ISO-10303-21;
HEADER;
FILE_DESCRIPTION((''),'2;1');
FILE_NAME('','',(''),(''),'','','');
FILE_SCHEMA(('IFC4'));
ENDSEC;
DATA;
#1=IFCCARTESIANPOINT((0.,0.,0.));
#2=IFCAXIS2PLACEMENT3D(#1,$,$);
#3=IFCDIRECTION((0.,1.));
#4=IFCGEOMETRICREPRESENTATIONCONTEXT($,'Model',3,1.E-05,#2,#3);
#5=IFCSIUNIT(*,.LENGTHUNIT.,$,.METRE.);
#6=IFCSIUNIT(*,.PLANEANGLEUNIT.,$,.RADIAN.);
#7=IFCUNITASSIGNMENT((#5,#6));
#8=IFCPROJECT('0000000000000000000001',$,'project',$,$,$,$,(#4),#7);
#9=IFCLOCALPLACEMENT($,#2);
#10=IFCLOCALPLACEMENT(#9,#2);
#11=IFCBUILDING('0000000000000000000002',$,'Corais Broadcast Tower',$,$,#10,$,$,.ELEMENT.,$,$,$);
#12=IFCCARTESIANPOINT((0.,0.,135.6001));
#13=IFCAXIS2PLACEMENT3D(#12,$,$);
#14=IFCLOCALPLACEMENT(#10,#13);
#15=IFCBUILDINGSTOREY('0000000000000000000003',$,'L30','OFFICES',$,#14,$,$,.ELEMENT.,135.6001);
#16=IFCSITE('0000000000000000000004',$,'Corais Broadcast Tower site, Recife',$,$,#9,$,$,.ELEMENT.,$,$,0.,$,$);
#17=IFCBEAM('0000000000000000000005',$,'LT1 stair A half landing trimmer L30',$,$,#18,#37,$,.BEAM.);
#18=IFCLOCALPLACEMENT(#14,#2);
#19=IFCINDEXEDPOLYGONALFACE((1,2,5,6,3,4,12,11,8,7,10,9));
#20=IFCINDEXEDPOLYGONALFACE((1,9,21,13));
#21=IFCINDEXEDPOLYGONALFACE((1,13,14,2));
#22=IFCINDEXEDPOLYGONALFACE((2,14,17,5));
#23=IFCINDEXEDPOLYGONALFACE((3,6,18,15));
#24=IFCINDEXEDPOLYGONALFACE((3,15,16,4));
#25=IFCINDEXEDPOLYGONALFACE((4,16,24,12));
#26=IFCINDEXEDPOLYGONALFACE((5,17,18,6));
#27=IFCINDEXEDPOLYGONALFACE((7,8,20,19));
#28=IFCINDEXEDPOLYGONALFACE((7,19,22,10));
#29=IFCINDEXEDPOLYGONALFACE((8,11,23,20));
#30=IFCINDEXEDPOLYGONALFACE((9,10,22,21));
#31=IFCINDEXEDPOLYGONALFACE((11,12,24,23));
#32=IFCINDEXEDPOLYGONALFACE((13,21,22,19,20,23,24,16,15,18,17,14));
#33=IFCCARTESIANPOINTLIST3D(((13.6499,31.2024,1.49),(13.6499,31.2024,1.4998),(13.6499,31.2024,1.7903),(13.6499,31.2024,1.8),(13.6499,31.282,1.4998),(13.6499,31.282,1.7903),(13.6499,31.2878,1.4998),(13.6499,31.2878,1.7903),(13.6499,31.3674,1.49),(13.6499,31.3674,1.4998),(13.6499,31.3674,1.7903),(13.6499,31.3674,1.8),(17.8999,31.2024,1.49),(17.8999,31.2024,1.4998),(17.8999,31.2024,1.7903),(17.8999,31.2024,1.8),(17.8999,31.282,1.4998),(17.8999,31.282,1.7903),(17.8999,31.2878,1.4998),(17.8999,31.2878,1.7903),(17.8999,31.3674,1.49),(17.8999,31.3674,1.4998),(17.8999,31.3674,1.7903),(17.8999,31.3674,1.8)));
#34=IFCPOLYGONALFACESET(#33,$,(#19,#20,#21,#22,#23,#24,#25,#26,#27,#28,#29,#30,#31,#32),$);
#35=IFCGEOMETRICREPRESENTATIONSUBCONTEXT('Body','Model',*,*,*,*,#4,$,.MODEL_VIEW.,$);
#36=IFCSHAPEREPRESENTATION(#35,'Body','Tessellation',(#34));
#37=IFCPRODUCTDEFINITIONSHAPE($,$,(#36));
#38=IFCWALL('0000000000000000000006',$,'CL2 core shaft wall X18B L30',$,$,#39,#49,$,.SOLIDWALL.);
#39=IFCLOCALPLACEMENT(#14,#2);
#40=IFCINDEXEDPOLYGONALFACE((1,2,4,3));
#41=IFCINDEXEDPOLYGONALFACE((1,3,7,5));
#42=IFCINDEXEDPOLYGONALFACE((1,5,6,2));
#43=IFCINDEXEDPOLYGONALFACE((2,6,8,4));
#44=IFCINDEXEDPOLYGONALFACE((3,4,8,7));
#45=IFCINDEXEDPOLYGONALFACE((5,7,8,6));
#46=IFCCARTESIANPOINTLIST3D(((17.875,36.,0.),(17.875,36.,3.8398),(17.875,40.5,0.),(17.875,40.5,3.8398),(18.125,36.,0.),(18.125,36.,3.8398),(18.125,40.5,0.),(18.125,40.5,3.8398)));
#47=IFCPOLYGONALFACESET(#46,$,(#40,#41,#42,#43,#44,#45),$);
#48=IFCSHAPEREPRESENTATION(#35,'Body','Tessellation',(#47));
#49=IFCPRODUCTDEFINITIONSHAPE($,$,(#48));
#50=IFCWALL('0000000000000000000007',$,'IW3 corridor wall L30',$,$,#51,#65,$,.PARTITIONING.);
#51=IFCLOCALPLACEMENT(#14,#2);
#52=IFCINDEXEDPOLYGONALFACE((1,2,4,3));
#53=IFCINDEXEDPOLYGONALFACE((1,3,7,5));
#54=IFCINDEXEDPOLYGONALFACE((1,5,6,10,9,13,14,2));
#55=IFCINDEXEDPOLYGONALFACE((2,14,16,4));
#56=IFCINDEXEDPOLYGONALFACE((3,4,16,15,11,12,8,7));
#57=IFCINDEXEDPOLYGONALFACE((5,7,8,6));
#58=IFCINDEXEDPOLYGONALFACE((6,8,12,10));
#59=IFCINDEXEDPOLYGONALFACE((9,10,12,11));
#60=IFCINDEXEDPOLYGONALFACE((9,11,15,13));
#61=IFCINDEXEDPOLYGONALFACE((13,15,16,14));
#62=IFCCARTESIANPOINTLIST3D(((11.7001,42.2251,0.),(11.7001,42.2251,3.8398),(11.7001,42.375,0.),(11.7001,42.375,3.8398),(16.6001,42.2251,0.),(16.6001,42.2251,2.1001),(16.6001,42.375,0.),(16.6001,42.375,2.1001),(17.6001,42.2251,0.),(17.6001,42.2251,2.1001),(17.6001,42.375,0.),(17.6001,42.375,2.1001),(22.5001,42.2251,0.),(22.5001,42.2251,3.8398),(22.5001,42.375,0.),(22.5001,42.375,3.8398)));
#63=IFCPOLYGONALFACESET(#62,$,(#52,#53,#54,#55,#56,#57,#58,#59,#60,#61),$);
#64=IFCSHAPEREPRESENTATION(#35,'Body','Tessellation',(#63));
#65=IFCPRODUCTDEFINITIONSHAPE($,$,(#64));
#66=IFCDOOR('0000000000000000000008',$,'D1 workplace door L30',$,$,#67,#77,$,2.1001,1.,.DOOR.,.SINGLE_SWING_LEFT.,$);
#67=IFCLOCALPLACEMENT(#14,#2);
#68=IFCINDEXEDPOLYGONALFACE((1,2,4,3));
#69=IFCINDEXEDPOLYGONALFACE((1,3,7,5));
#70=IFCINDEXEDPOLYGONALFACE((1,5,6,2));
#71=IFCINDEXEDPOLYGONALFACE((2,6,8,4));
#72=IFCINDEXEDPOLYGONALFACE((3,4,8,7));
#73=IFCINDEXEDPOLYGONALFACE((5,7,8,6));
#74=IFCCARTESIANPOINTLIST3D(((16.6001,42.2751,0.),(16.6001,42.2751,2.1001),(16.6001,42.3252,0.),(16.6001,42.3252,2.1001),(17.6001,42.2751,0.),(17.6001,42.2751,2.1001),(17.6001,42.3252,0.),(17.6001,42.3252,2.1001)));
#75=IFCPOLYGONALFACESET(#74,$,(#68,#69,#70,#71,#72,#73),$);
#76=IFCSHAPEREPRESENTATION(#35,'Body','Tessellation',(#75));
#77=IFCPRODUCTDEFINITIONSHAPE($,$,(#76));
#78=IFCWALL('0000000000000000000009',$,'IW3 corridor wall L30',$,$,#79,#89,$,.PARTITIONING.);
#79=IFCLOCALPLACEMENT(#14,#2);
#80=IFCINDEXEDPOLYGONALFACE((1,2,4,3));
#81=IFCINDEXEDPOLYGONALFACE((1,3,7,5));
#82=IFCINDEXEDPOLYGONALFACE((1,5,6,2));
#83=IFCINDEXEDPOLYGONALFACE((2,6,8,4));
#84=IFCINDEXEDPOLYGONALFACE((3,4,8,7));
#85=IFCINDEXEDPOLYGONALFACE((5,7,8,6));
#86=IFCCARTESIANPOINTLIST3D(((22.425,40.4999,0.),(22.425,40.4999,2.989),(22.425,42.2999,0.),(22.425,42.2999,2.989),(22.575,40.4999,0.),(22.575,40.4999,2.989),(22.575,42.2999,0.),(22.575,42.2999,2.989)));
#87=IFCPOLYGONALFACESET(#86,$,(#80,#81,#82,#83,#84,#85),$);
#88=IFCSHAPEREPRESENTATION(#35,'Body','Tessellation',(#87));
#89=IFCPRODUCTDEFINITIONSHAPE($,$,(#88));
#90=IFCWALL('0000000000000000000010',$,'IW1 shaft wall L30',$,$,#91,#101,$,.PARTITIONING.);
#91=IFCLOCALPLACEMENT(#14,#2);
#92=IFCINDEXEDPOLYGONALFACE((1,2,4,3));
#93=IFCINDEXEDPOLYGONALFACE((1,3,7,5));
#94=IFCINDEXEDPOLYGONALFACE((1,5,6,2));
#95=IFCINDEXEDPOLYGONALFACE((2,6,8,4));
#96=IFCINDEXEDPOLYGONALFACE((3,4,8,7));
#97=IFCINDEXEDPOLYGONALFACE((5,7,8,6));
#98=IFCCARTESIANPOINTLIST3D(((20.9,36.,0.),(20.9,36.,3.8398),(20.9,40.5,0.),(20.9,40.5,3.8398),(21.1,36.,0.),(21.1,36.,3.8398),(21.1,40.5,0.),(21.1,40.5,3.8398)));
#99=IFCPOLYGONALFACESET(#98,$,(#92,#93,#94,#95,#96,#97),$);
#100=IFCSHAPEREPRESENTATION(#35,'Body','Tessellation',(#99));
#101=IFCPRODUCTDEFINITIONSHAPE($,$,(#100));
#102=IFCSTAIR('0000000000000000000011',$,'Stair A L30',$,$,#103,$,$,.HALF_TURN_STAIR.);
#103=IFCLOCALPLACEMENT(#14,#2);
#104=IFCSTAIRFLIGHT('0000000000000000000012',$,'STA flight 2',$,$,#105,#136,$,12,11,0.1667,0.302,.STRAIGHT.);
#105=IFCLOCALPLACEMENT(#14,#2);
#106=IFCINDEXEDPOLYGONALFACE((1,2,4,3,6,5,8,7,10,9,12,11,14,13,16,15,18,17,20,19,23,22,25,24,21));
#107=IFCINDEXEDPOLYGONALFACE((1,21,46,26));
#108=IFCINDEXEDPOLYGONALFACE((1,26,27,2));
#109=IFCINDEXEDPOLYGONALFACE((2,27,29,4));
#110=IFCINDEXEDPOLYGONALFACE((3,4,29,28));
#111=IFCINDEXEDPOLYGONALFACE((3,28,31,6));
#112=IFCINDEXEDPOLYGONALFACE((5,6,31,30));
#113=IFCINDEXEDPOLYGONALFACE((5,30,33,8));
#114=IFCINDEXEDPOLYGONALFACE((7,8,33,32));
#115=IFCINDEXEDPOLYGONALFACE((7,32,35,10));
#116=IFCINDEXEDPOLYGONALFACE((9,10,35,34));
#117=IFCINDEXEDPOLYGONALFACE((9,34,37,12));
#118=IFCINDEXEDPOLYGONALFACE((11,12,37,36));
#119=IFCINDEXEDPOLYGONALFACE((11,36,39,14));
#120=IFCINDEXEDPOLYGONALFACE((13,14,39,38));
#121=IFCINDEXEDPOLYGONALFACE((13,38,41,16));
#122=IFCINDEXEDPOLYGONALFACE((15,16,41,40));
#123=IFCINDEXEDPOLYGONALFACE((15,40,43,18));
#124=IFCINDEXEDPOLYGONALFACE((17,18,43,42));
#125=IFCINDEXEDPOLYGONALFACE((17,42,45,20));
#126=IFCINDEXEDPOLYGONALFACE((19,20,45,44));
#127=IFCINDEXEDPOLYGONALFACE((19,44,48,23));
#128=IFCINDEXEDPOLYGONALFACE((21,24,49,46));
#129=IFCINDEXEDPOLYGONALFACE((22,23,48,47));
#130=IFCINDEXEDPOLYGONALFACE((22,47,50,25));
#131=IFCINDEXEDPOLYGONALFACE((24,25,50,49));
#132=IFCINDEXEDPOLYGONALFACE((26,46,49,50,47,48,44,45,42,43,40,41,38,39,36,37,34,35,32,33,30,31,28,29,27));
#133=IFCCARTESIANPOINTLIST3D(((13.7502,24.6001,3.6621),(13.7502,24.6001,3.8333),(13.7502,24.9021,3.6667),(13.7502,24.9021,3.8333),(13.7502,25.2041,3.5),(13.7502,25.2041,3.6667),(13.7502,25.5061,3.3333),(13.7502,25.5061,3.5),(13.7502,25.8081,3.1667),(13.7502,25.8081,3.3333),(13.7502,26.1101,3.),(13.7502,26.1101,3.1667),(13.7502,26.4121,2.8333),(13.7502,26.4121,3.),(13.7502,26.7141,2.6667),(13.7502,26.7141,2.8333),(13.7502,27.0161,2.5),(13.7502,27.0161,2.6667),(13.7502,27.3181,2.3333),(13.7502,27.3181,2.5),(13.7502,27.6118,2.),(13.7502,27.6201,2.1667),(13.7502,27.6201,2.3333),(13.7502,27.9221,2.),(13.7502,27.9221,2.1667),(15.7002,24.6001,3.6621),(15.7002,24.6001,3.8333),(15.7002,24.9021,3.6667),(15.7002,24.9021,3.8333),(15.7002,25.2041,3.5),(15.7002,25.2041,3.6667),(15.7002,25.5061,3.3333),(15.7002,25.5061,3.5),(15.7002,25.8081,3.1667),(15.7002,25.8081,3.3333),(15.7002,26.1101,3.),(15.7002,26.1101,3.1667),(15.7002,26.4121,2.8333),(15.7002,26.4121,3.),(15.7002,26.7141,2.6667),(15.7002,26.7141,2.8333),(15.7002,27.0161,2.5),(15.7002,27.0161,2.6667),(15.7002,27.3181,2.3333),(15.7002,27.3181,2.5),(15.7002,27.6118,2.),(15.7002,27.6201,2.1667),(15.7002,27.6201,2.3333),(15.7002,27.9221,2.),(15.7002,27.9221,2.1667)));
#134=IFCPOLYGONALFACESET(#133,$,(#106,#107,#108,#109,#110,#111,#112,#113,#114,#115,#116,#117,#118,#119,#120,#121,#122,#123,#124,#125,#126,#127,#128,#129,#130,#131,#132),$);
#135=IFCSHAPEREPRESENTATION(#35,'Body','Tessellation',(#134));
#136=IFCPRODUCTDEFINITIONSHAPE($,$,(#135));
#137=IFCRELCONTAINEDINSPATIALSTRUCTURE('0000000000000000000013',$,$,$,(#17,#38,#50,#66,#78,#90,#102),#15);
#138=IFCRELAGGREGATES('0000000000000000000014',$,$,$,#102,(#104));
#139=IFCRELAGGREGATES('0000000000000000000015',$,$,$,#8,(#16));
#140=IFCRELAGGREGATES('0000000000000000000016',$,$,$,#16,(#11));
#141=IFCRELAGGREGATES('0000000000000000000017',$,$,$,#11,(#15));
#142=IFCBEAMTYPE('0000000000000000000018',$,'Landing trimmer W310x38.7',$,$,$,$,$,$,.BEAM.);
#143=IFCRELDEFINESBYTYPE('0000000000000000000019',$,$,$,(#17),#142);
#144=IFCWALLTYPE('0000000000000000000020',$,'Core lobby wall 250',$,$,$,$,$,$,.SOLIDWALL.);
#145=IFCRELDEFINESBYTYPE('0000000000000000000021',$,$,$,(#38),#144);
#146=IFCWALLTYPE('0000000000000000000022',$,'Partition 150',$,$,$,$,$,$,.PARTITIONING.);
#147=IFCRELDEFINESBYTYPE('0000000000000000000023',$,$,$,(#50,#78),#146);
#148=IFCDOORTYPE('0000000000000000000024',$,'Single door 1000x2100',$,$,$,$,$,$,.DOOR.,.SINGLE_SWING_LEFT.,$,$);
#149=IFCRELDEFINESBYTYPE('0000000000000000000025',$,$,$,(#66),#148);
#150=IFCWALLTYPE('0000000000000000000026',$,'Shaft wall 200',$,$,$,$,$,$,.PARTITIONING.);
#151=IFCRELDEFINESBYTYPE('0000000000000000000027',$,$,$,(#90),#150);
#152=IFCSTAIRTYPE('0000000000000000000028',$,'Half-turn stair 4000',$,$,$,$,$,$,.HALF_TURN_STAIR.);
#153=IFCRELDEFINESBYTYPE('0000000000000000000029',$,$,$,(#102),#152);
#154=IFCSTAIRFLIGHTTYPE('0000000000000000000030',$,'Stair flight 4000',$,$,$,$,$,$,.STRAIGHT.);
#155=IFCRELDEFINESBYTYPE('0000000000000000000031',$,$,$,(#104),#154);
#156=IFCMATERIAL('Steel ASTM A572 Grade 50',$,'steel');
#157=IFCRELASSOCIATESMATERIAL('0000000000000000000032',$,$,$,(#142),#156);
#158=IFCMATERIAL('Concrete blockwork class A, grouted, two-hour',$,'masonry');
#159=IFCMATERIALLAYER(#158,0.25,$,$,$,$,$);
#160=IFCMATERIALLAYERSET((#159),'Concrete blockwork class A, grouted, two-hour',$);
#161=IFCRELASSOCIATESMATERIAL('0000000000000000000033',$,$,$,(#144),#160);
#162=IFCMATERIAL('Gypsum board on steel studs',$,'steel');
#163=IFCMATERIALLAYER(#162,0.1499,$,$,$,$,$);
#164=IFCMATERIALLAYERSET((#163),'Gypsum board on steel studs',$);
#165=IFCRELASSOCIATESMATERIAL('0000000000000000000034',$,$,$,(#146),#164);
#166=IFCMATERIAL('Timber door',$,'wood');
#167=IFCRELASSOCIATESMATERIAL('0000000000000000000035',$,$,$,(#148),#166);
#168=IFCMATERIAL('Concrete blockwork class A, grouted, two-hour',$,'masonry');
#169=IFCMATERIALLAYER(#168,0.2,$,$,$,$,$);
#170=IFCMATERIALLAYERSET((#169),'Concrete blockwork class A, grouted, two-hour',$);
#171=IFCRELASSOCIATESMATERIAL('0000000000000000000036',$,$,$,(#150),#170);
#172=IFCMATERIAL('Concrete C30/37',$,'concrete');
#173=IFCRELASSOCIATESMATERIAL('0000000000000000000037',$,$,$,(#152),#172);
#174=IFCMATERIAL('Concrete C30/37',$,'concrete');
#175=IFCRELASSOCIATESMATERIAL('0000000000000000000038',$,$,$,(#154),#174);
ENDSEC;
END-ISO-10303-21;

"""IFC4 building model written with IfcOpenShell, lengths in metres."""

from ifc_helpers import new_model, si_unit, direction, frame, frame_2d, origin, origin_2d, place, context, subcontext, project, spatial, polyline, rectangle, i_section, outline, extrude, material, layer, layer_set, material_profile, profile_set, type_object, element, fill, aggregate, save


model = new_model("IFC4")

# Units and contexts
model_context = context("Model", 3, precision=1e-05, world=origin(), true_north=direction((0.0, 1.0)))
body_context = subcontext(model_context, "Body", "Model", "MODEL_VIEW")
ifc_project = project(units=[si_unit("LENGTHUNIT", "METRE"), si_unit("PLANEANGLEUNIT", "RADIAN")], contexts=[model_context])

# Site, building, storey
site_placement = place(None, origin())
site = spatial("IfcSite", under=ifc_project, at=site_placement, Name="Corais Broadcast Tower site, Recife", CompositionType="ELEMENT", RefElevation=0.0)
building_placement = place(site_placement, origin())
building = spatial("IfcBuilding", under=site, at=building_placement, Name="Corais Broadcast Tower", CompositionType="ELEMENT")
storey_placement = place(building_placement, frame((0.0, 0.0, 135.6001)))
storey = spatial("IfcBuildingStorey", under=building, at=storey_placement, Name="L30", Description="OFFICES", CompositionType="ELEMENT", Elevation=135.6001)

# Beam
ifc_material_1 = material(Name="Steel ASTM A572 Grade 50", Category="steel")
ifc_material_profile = material_profile(ifc_material_1, i_section(OverallWidth=0.165, OverallDepth=0.3101, WebThickness=0.0059, FlangeThickness=0.0098, at=origin_2d()), Name="W310x38.7")
ifc_profile_set = profile_set([ifc_material_profile], Name="Steel ASTM A572 Grade 50")
beam_type = type_object("IfcBeamType", Name="Landing trimmer W310x38.7", PredefinedType="BEAM", material=ifc_profile_set)
beam_placement = place(storey_placement, frame((13.6499, 31.2849, 1.645), z_axis=(1.0, 0.0, 0.0), x_axis=(0.0, 1.0, 0.0)))
element("IfcBeam", 1, at=beam_placement, inside=storey, type_object=beam_type, Name="LT1 stair A half landing trimmer L30", PredefinedType="BEAM", context=body_context, shape_type="SweptSolid", body=[
    extrude(i_section(OverallWidth=0.165, OverallDepth=0.3101, WebThickness=0.0059, FlangeThickness=0.0098, at=origin_2d()), origin(), (0.0, 0.0, 1.0), 4.25),
])

# Wall
ifc_material_2 = material(Name="Concrete blockwork class A, grouted, two-hour", Category="masonry")
ifc_layer_1 = layer(ifc_material_2, 0.25)
ifc_layer_set_1 = layer_set([ifc_layer_1], Name="Concrete blockwork class A, grouted, two-hour")
wall_type_1 = type_object("IfcWallType", Name="Core lobby wall 250", PredefinedType="SOLIDWALL", material=ifc_layer_set_1)
wall_1_placement = place(storey_placement, frame((18.0, 36.0, 0.0), z_axis=(0.0, 0.0, 1.0), x_axis=(0.0, 1.0, 0.0)))
element("IfcWall", 2, at=wall_1_placement, inside=storey, type_object=wall_type_1, Name="CL2 core shaft wall X18B L30", PredefinedType="SOLIDWALL", context=body_context, shape_type="SweptSolid", body=[
    extrude(rectangle(XDim=4.5, YDim=0.25, at=frame_2d((2.25, 0.0))), origin(), (0.0, 0.0, 1.0), 3.8398),
])

# Wall, opening, door
ifc_material_3 = material(Name="Gypsum board on steel studs", Category="steel")
ifc_layer_2 = layer(ifc_material_3, 0.1499)
ifc_layer_set_2 = layer_set([ifc_layer_2], Name="Gypsum board on steel studs")
wall_type_2 = type_object("IfcWallType", Name="Partition 150", PredefinedType="PARTITIONING", material=ifc_layer_set_2)
wall_2_placement = place(storey_placement, frame((22.5, 42.3, 0.0), z_axis=(0.0, 0.0, 1.0), x_axis=(-1.0, 0.0, 0.0)))
wall_2 = element("IfcWall", 3, at=wall_2_placement, inside=storey, type_object=wall_type_2, Name="IW3 corridor wall L30", PredefinedType="PARTITIONING", context=body_context, shape_type="SweptSolid", body=[
    extrude(rectangle(XDim=10.8, YDim=0.1499, at=frame_2d((5.3999, 0.0))), origin(), (0.0, 0.0, 1.0), 3.8398),
])
opening_placement = place(wall_2_placement, frame((4.8999, 0.0, 0.0)))
opening = element("IfcOpeningElement", 4, at=opening_placement, cuts=wall_2, PredefinedType="OPENING", context=body_context, shape_type="SweptSolid", body=[
    extrude(rectangle(XDim=1.0, YDim=2.1001, at=frame_2d((0.5, 1.05))), frame((0.0, 0.085, 0.0), z_axis=(0.0, -1.0, 0.0), x_axis=(1.0, 0.0, 0.0)), (0.0, 0.0, 1.0), 0.1699),
])
ifc_material_4 = material(Name="Timber door", Category="wood")
door_type = type_object("IfcDoorType", Name="Single door 1000x2100", OperationType="SINGLE_SWING_LEFT", PredefinedType="DOOR", material=ifc_material_4)
door_placement = place(opening_placement, origin())
door = element("IfcDoor", 5, at=door_placement, inside=storey, type_object=door_type, Name="D1 workplace door L30", OperationType="SINGLE_SWING_LEFT", OverallHeight=2.1001, OverallWidth=1.0, PredefinedType="DOOR", context=body_context, shape_type="SweptSolid", body=[
    extrude(rectangle(XDim=1.0, YDim=2.1001, at=frame_2d((0.5, 1.05))), frame((0.0, 0.0249, 0.0), z_axis=(0.0, -1.0, 0.0), x_axis=(1.0, 0.0, 0.0)), (0.0, 0.0, 1.0), 0.05),
])
fill(opening, door)

# Walls
wall_3_placement = place(storey_placement, frame((22.5, 40.5, 0.0), z_axis=(0.0, 0.0, 1.0), x_axis=(0.0, 1.0, 0.0)))
element("IfcWall", 6, at=wall_3_placement, inside=storey, type_object=wall_type_2, Name="IW3 corridor wall L30", PredefinedType="PARTITIONING", context=body_context, shape_type="SweptSolid", body=[
    extrude(rectangle(XDim=1.8, YDim=0.1499, at=frame_2d((0.8999, 0.0))), origin(), (0.0, 0.0, 1.0), 2.989),
])
ifc_material_5 = material(Name="Concrete blockwork class A, grouted, two-hour", Category="masonry")
ifc_layer_3 = layer(ifc_material_5, 0.2)
ifc_layer_set_3 = layer_set([ifc_layer_3], Name="Concrete blockwork class A, grouted, two-hour")
wall_type_3 = type_object("IfcWallType", Name="Shaft wall 200", PredefinedType="PARTITIONING", material=ifc_layer_set_3)
wall_4_placement = place(storey_placement, frame((21.0, 36.0, 0.0), z_axis=(0.0, 0.0, 1.0), x_axis=(0.0, 1.0, 0.0)))
element("IfcWall", 7, at=wall_4_placement, inside=storey, type_object=wall_type_3, Name="IW1 shaft wall L30", PredefinedType="PARTITIONING", context=body_context, shape_type="SweptSolid", body=[
    extrude(rectangle(XDim=4.5, YDim=0.2, at=frame_2d((2.25, 0.0))), origin(), (0.0, 0.0, 1.0), 3.8398),
])

# Stair, stair flight
ifc_material_6 = material(Name="Concrete C30/37", Category="concrete")
stair_type = type_object("IfcStairType", Name="Half-turn stair 4000", PredefinedType="HALF_TURN_STAIR", material=ifc_material_6)
stair_placement = place(storey_placement, origin())
stair = element("IfcStair", 8, at=stair_placement, inside=storey, type_object=stair_type, Name="Stair A L30", PredefinedType="HALF_TURN_STAIR")
ifc_material_7 = material(Name="Concrete C30/37", Category="concrete")
stair_flight_type = type_object("IfcStairFlightType", Name="Stair flight 4000", PredefinedType="STRAIGHT", material=ifc_material_7)
stair_flight_placement = place(storey_placement, frame((14.7251, 27.9221, 2.0), z_axis=(0.0, 0.0, 1.0), x_axis=(0.0, -1.0, 0.0)))
stair_flight = element("IfcStairFlight", 9, at=stair_flight_placement, type_object=stair_flight_type, Name="STA flight 2", NumberOfRisers=12, NumberOfTreads=11, PredefinedType="STRAIGHT", RiserHeight=0.1667, TreadLength=0.302, context=body_context, shape_type="SweptSolid", body=[
    extrude(outline(polyline([(0.0, 0.0), (0.0, 0.1667), (0.302, 0.1667), (0.302, 0.3333), (0.604, 0.3333), (0.604, 0.5), (0.906, 0.5), (0.906, 0.6667), (1.208, 0.6667), (1.208, 0.8333), (1.51, 0.8333), (1.51, 1.0), (1.812, 1.0), (1.812, 1.1667), (2.114, 1.1667), (2.114, 1.3333), (2.416, 1.3333), (2.416, 1.5), (2.718, 1.5), (2.718, 1.6667), (3.02, 1.6667), (3.02, 1.8333), (3.322, 1.8333), (3.322, 2.0), (3.322, 1.6621), (0.3103, 0.0), (0.0, 0.0)])), frame((0.0, 0.9751, 0.0), z_axis=(0.0, -1.0, 0.0), x_axis=(1.0, 0.0, 0.0)), (0.0, 0.0, 1.0), 1.95),
])
aggregate(stair, [stair_flight])

save(model, "model.ifc")
